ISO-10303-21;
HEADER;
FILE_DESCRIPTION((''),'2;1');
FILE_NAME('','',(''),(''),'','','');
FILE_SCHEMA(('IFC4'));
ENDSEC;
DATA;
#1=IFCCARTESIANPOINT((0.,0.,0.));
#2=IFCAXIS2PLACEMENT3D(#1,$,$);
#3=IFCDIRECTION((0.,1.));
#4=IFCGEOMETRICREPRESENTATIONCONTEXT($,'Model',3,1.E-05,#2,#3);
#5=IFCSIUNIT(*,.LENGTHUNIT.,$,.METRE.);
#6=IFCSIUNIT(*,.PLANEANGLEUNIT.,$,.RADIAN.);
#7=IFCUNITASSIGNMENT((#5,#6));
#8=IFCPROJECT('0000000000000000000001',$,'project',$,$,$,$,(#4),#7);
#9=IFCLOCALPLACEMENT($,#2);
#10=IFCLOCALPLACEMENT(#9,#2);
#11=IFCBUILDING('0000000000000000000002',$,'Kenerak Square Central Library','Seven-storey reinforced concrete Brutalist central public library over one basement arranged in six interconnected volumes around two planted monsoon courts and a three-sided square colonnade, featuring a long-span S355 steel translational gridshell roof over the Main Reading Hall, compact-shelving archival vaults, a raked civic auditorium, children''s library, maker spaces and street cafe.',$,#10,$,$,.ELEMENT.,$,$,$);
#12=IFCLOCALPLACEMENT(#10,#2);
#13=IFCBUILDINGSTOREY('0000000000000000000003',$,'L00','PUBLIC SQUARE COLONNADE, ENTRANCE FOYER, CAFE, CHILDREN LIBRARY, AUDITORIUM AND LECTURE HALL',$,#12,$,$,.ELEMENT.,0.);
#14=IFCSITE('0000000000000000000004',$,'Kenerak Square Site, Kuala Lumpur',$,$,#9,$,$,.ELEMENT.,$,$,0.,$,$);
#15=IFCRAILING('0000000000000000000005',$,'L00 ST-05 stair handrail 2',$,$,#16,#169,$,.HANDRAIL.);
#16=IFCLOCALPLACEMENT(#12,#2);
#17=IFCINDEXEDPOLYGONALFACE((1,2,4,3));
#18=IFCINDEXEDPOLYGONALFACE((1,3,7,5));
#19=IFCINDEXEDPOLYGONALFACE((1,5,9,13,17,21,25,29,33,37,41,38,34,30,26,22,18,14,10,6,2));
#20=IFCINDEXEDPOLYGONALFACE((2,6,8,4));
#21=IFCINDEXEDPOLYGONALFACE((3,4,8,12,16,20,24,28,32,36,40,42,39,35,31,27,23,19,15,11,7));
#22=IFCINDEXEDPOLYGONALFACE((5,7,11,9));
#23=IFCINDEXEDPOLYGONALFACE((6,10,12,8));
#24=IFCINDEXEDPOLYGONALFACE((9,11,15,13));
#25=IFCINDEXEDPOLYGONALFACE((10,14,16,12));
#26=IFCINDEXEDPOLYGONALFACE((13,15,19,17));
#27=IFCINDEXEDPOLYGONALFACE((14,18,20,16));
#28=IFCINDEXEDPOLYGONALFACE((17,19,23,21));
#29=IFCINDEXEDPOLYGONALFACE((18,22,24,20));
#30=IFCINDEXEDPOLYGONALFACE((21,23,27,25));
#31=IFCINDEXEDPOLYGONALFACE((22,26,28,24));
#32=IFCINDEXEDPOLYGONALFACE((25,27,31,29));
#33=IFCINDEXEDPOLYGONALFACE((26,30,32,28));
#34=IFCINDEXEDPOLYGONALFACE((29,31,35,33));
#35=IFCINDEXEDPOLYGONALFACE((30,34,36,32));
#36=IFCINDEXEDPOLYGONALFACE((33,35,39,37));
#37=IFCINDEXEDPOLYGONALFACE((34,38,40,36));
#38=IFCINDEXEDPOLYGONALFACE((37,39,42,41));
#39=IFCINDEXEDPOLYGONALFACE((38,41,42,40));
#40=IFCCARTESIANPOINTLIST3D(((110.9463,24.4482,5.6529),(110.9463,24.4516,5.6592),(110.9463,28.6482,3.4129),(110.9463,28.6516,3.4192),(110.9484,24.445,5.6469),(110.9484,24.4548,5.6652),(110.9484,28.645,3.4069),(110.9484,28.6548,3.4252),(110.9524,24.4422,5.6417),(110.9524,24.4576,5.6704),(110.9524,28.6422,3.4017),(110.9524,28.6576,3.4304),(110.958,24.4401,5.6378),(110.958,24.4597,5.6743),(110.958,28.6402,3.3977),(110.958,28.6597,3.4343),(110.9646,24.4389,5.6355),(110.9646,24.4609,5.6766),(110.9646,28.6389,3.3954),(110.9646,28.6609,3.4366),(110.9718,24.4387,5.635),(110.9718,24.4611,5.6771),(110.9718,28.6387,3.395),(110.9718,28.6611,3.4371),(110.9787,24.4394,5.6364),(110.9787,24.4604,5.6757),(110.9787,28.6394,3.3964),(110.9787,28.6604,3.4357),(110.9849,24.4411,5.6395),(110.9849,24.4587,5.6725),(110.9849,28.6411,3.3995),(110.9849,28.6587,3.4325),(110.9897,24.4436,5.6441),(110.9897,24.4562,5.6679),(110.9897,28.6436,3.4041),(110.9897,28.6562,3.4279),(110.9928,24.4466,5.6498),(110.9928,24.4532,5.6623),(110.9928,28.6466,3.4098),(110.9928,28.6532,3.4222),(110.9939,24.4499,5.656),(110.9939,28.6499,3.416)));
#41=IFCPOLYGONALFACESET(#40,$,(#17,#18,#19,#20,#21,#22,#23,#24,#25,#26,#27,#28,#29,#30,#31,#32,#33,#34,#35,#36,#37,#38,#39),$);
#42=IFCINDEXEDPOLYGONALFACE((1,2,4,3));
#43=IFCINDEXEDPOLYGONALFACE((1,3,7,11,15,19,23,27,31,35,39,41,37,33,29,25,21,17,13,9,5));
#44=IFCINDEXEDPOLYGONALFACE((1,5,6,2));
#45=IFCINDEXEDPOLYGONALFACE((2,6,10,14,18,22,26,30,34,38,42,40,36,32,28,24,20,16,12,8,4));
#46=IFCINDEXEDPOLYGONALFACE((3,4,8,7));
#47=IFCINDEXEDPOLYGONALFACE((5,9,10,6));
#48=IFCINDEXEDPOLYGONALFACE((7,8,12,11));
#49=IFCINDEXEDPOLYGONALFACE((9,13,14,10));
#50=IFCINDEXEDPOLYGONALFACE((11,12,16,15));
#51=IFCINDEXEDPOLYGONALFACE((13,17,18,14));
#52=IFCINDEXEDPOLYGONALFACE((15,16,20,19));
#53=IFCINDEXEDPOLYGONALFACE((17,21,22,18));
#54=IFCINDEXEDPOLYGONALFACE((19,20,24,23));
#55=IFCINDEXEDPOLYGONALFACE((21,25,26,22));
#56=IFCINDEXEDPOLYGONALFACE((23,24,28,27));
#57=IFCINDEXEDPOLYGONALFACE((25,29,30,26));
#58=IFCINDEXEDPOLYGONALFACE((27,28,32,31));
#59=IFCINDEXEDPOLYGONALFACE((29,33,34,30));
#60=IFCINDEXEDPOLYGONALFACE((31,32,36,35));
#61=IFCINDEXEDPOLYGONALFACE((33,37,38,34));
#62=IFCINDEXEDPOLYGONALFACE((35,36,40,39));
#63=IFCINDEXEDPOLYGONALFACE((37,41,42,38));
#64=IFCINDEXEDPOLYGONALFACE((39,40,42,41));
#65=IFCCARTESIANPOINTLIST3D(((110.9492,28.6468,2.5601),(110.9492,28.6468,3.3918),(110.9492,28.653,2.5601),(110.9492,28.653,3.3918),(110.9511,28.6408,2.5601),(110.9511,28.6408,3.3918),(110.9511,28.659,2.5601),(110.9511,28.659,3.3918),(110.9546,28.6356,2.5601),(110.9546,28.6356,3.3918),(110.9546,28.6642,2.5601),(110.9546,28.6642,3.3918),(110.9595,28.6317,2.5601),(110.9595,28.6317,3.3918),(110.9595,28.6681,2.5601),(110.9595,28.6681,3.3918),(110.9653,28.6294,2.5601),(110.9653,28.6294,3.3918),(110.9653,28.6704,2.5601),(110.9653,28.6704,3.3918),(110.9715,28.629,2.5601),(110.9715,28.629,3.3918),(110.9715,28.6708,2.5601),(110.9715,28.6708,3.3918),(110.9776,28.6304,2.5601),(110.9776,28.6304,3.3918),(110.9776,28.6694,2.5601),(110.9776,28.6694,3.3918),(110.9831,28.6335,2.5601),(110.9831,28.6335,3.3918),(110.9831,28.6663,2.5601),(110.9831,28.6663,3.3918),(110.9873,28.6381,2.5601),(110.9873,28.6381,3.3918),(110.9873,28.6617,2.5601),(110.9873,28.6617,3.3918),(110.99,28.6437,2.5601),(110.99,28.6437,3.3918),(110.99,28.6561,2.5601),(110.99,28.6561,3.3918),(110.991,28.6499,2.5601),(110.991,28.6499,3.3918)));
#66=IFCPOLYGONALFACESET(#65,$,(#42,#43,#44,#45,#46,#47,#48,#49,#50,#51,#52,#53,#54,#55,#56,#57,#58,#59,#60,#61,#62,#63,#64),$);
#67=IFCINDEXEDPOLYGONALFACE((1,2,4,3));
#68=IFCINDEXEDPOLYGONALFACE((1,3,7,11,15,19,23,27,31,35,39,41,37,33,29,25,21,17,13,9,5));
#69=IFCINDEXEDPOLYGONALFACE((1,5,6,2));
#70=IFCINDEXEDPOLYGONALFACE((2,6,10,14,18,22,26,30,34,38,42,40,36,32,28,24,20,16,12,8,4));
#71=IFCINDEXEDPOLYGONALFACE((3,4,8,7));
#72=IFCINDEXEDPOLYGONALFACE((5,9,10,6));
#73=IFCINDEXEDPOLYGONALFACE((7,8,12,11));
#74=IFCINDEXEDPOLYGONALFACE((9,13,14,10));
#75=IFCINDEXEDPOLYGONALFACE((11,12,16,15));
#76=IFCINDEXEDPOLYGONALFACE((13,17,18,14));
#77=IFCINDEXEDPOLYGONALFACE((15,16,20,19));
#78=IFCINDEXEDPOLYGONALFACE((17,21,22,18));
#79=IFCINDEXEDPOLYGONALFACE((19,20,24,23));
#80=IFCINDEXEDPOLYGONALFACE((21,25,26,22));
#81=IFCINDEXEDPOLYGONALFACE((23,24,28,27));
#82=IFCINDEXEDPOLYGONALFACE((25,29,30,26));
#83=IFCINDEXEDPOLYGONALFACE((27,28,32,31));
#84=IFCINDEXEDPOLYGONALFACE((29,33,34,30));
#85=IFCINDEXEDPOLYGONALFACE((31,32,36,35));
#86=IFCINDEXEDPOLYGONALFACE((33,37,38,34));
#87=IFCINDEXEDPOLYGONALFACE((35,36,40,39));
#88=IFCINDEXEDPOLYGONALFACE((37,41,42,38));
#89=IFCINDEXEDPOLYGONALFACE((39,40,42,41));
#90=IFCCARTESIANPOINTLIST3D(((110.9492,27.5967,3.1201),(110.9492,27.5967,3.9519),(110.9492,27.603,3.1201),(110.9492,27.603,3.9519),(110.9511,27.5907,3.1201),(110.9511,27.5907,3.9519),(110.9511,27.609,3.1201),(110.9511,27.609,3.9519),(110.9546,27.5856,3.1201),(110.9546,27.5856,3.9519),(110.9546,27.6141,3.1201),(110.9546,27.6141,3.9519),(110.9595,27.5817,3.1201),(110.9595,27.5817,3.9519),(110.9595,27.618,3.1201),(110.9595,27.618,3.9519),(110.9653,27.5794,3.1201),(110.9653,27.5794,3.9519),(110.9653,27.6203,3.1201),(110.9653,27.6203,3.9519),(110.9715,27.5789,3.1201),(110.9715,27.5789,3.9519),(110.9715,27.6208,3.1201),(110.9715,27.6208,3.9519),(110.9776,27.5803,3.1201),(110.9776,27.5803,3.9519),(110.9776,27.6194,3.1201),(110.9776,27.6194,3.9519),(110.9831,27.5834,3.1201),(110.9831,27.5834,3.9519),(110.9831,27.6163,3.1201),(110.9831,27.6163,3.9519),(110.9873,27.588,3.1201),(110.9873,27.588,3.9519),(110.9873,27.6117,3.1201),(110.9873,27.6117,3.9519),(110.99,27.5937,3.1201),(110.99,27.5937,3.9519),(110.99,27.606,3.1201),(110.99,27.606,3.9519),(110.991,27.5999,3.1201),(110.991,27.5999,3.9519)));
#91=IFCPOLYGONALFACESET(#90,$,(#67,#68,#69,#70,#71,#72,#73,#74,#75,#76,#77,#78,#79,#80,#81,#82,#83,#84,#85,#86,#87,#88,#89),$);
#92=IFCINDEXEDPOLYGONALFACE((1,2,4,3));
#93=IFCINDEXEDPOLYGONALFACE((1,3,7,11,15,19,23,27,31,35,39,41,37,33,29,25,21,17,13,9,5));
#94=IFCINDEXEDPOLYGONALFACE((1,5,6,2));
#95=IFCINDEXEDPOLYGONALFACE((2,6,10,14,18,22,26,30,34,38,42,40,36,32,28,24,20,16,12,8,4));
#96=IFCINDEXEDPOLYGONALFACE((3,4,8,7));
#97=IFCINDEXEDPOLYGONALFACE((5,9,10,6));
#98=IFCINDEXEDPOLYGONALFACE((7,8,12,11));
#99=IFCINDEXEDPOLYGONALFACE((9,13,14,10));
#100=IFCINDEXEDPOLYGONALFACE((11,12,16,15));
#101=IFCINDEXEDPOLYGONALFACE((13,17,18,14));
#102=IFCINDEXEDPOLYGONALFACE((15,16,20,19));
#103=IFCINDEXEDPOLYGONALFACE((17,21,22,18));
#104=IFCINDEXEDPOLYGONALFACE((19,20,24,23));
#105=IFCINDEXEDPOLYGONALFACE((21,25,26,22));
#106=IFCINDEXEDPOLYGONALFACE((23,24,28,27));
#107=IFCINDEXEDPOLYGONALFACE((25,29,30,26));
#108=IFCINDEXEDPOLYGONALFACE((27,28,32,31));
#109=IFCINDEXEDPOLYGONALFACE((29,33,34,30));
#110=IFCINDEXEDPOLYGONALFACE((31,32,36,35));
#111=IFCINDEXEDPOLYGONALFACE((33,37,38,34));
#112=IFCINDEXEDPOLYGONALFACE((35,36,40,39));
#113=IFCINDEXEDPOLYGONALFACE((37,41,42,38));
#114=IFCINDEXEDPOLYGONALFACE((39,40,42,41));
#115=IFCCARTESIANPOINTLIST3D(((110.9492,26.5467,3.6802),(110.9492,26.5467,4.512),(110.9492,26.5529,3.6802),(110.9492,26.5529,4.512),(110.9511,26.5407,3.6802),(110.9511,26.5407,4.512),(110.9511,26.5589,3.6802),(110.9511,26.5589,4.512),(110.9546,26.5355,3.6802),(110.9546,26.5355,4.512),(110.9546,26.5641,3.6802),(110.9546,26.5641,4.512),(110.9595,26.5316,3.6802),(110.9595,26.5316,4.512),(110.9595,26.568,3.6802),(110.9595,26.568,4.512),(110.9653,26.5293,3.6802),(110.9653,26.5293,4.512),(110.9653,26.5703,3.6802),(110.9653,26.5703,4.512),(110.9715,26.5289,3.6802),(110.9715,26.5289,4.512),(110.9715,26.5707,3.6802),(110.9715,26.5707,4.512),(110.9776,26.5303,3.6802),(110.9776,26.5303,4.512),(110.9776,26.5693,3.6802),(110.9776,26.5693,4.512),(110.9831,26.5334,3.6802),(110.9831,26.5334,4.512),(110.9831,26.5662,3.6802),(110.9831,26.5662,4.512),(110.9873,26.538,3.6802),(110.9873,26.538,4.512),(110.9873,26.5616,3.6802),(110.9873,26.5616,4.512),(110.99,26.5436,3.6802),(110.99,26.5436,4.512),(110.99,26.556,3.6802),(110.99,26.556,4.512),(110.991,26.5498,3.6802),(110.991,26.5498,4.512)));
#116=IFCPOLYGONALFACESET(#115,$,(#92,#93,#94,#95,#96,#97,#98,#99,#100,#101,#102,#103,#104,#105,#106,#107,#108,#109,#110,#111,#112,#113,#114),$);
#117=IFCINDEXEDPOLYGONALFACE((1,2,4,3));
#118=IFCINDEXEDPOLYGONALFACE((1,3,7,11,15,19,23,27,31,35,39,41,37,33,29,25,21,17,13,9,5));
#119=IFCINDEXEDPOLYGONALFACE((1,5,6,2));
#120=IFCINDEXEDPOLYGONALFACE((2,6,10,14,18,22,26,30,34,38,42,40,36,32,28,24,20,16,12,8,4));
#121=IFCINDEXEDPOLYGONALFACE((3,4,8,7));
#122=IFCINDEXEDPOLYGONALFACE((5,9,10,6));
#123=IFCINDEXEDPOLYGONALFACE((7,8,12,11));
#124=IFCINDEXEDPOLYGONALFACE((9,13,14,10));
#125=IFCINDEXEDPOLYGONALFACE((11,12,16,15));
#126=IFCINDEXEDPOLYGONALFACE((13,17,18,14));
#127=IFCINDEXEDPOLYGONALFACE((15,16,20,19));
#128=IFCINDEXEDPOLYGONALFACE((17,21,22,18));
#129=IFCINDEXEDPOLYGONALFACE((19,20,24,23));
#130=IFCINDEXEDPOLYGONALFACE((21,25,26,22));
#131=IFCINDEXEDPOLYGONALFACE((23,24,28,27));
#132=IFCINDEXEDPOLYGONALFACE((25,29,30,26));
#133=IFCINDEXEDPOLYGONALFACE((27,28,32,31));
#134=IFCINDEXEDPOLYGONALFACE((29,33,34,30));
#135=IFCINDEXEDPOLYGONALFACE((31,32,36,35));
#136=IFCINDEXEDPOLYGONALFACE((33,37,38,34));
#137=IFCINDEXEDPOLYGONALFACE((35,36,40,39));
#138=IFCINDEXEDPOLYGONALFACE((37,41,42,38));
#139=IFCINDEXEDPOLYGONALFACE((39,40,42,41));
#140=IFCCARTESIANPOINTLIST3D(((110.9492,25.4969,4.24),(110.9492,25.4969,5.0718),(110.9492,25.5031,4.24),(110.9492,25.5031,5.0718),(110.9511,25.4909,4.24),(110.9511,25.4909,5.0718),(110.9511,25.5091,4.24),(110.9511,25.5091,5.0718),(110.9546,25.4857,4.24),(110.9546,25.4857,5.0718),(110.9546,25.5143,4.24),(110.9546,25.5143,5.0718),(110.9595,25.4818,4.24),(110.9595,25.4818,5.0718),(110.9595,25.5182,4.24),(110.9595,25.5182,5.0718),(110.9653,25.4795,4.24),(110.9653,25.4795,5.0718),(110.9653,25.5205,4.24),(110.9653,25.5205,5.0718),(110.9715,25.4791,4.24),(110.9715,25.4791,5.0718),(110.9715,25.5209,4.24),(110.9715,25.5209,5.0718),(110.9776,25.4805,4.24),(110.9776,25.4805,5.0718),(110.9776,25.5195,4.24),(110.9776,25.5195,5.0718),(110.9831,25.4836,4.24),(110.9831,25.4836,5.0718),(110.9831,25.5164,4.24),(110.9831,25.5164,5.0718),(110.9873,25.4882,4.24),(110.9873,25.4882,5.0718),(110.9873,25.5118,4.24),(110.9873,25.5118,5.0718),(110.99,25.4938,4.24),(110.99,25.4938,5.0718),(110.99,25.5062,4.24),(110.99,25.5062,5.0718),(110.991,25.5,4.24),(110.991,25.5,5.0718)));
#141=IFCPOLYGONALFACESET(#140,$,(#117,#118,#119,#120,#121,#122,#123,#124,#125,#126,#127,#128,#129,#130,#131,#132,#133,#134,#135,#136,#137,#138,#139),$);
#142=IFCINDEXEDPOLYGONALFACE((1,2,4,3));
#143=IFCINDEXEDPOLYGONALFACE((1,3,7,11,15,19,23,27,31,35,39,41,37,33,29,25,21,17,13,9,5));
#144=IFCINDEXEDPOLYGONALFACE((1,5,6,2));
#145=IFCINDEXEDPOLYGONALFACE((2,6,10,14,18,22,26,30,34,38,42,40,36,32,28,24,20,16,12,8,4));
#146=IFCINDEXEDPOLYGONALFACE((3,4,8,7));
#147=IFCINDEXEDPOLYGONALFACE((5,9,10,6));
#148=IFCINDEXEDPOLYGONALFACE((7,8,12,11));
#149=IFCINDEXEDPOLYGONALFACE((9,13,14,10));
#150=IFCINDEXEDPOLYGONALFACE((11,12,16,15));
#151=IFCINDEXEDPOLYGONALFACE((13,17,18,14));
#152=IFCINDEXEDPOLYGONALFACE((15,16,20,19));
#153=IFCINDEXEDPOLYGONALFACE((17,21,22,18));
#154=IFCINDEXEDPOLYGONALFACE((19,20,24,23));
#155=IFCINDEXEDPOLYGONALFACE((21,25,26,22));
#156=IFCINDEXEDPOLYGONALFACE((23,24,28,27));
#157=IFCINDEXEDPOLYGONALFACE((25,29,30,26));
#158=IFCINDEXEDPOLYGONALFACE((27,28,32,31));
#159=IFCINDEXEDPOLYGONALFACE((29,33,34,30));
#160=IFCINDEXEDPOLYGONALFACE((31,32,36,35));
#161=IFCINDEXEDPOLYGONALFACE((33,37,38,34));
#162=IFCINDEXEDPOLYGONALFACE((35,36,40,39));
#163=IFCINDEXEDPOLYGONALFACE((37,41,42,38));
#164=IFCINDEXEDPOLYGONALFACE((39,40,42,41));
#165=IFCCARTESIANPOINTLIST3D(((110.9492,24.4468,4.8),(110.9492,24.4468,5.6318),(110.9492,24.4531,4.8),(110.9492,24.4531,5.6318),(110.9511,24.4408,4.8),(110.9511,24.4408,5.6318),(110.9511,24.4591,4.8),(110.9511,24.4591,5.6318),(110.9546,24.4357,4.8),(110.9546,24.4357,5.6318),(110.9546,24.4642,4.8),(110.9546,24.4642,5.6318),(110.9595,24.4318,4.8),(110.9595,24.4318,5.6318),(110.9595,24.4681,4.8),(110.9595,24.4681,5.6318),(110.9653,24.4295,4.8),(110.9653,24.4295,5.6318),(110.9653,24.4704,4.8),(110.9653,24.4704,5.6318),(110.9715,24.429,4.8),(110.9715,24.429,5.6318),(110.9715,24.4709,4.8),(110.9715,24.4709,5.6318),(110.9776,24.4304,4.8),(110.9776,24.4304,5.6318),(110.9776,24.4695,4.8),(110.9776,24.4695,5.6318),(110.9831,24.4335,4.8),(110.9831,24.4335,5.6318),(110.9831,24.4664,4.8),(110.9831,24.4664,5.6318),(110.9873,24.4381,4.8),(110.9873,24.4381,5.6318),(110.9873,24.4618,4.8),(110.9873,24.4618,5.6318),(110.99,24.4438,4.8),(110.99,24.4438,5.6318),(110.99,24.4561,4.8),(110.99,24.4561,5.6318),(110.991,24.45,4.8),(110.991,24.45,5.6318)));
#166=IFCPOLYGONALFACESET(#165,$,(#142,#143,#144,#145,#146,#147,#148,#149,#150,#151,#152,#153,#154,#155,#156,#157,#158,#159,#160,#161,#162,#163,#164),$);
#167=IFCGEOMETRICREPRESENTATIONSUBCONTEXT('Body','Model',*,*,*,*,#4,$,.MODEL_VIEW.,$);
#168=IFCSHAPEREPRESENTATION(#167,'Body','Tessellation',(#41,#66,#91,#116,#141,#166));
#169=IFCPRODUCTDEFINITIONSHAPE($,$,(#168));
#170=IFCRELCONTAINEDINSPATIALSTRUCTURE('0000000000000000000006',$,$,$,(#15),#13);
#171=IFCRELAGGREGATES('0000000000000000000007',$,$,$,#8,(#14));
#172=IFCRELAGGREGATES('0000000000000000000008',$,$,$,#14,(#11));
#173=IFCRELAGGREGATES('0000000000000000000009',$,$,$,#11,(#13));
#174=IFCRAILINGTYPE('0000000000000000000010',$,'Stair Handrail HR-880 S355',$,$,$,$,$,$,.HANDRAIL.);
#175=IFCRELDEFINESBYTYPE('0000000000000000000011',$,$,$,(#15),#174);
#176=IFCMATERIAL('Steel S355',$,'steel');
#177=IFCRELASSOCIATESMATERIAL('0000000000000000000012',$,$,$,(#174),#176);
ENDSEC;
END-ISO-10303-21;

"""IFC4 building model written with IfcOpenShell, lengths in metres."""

from ifc_helpers import new_model, si_unit, direction, frame, origin, origin_2d, place, context, subcontext, project, spatial, circle, extrude, material, type_object, element, save


model = new_model("IFC4")

# Units and contexts
model_context = context("Model", 3, precision=1e-05, world=origin(), true_north=direction((0.0, 1.0)))
body_context = subcontext(model_context, "Body", "Model", "MODEL_VIEW")
ifc_project = project(units=[si_unit("LENGTHUNIT", "METRE"), si_unit("PLANEANGLEUNIT", "RADIAN")], contexts=[model_context])

# Site, building, storey
site_placement = place(None, origin())
site = spatial("IfcSite", under=ifc_project, at=site_placement, Name="Kenerak Square Site, Kuala Lumpur", CompositionType="ELEMENT", RefElevation=0.0)
building_placement = place(site_placement, origin())
building = spatial("IfcBuilding", under=site, at=building_placement, Name="Kenerak Square Central Library", Description="Seven-storey reinforced concrete Brutalist central public library over one basement arranged in six interconnected volumes around two planted monsoon courts and a three-sided square colonnade, featuring a long-span S355 steel translational gridshell roof over the Main Reading Hall, compact-shelving archival vaults, a raked civic auditorium, children's library, maker spaces and street cafe.", CompositionType="ELEMENT")
storey_placement = place(building_placement, origin())
storey = spatial("IfcBuildingStorey", under=building, at=storey_placement, Name="L00", Description="PUBLIC SQUARE COLONNADE, ENTRANCE FOYER, CAFE, CHILDREN LIBRARY, AUDITORIUM AND LECTURE HALL", CompositionType="ELEMENT", Elevation=0.0)

# Shared definitions
ifc_material_1 = material(Name="Steel S355", Category="steel")

# Railing
railing_type_1 = type_object("IfcRailingType", Name="Stair Handrail HR-880 S355", PredefinedType="HANDRAIL", material=ifc_material_1)
railing_1_placement = place(storey_placement, frame((110.97, 28.6499, 2.5601)))
element("IfcRailing", 1, at=railing_1_placement, inside=storey, type_object=railing_type_1, Name="L00 ST-05 stair handrail 2", PredefinedType="HANDRAIL", context=body_context, shape_type="SweptSolid", body=[
    extrude(circle(Radius=0.0239, at=origin_2d()), frame((0.0, 0.0, 0.856), z_axis=(0.0, -0.882352, 0.470591), x_axis=(1.0, 0.0, 0.0)), (0.0, 0.0, 1.0), 4.76),
    extrude(circle(Radius=0.021, at=origin_2d()), origin(), (0.0, 0.0, 1.0), 0.8318),
    extrude(circle(Radius=0.021, at=origin_2d()), frame((0.0, -1.05, 0.5601)), (0.0, 0.0, 1.0), 0.8318),
    extrude(circle(Radius=0.021, at=origin_2d()), frame((0.0, -2.1001, 1.1201)), (0.0, 0.0, 1.0), 0.8318),
    extrude(circle(Radius=0.021, at=origin_2d()), frame((0.0, -3.1499, 1.6799)), (0.0, 0.0, 1.0), 0.8318),
    extrude(circle(Radius=0.021, at=origin_2d()), frame((0.0, -4.2, 2.24)), (0.0, 0.0, 1.0), 0.8318),
])

save(model, "model.ifc")
